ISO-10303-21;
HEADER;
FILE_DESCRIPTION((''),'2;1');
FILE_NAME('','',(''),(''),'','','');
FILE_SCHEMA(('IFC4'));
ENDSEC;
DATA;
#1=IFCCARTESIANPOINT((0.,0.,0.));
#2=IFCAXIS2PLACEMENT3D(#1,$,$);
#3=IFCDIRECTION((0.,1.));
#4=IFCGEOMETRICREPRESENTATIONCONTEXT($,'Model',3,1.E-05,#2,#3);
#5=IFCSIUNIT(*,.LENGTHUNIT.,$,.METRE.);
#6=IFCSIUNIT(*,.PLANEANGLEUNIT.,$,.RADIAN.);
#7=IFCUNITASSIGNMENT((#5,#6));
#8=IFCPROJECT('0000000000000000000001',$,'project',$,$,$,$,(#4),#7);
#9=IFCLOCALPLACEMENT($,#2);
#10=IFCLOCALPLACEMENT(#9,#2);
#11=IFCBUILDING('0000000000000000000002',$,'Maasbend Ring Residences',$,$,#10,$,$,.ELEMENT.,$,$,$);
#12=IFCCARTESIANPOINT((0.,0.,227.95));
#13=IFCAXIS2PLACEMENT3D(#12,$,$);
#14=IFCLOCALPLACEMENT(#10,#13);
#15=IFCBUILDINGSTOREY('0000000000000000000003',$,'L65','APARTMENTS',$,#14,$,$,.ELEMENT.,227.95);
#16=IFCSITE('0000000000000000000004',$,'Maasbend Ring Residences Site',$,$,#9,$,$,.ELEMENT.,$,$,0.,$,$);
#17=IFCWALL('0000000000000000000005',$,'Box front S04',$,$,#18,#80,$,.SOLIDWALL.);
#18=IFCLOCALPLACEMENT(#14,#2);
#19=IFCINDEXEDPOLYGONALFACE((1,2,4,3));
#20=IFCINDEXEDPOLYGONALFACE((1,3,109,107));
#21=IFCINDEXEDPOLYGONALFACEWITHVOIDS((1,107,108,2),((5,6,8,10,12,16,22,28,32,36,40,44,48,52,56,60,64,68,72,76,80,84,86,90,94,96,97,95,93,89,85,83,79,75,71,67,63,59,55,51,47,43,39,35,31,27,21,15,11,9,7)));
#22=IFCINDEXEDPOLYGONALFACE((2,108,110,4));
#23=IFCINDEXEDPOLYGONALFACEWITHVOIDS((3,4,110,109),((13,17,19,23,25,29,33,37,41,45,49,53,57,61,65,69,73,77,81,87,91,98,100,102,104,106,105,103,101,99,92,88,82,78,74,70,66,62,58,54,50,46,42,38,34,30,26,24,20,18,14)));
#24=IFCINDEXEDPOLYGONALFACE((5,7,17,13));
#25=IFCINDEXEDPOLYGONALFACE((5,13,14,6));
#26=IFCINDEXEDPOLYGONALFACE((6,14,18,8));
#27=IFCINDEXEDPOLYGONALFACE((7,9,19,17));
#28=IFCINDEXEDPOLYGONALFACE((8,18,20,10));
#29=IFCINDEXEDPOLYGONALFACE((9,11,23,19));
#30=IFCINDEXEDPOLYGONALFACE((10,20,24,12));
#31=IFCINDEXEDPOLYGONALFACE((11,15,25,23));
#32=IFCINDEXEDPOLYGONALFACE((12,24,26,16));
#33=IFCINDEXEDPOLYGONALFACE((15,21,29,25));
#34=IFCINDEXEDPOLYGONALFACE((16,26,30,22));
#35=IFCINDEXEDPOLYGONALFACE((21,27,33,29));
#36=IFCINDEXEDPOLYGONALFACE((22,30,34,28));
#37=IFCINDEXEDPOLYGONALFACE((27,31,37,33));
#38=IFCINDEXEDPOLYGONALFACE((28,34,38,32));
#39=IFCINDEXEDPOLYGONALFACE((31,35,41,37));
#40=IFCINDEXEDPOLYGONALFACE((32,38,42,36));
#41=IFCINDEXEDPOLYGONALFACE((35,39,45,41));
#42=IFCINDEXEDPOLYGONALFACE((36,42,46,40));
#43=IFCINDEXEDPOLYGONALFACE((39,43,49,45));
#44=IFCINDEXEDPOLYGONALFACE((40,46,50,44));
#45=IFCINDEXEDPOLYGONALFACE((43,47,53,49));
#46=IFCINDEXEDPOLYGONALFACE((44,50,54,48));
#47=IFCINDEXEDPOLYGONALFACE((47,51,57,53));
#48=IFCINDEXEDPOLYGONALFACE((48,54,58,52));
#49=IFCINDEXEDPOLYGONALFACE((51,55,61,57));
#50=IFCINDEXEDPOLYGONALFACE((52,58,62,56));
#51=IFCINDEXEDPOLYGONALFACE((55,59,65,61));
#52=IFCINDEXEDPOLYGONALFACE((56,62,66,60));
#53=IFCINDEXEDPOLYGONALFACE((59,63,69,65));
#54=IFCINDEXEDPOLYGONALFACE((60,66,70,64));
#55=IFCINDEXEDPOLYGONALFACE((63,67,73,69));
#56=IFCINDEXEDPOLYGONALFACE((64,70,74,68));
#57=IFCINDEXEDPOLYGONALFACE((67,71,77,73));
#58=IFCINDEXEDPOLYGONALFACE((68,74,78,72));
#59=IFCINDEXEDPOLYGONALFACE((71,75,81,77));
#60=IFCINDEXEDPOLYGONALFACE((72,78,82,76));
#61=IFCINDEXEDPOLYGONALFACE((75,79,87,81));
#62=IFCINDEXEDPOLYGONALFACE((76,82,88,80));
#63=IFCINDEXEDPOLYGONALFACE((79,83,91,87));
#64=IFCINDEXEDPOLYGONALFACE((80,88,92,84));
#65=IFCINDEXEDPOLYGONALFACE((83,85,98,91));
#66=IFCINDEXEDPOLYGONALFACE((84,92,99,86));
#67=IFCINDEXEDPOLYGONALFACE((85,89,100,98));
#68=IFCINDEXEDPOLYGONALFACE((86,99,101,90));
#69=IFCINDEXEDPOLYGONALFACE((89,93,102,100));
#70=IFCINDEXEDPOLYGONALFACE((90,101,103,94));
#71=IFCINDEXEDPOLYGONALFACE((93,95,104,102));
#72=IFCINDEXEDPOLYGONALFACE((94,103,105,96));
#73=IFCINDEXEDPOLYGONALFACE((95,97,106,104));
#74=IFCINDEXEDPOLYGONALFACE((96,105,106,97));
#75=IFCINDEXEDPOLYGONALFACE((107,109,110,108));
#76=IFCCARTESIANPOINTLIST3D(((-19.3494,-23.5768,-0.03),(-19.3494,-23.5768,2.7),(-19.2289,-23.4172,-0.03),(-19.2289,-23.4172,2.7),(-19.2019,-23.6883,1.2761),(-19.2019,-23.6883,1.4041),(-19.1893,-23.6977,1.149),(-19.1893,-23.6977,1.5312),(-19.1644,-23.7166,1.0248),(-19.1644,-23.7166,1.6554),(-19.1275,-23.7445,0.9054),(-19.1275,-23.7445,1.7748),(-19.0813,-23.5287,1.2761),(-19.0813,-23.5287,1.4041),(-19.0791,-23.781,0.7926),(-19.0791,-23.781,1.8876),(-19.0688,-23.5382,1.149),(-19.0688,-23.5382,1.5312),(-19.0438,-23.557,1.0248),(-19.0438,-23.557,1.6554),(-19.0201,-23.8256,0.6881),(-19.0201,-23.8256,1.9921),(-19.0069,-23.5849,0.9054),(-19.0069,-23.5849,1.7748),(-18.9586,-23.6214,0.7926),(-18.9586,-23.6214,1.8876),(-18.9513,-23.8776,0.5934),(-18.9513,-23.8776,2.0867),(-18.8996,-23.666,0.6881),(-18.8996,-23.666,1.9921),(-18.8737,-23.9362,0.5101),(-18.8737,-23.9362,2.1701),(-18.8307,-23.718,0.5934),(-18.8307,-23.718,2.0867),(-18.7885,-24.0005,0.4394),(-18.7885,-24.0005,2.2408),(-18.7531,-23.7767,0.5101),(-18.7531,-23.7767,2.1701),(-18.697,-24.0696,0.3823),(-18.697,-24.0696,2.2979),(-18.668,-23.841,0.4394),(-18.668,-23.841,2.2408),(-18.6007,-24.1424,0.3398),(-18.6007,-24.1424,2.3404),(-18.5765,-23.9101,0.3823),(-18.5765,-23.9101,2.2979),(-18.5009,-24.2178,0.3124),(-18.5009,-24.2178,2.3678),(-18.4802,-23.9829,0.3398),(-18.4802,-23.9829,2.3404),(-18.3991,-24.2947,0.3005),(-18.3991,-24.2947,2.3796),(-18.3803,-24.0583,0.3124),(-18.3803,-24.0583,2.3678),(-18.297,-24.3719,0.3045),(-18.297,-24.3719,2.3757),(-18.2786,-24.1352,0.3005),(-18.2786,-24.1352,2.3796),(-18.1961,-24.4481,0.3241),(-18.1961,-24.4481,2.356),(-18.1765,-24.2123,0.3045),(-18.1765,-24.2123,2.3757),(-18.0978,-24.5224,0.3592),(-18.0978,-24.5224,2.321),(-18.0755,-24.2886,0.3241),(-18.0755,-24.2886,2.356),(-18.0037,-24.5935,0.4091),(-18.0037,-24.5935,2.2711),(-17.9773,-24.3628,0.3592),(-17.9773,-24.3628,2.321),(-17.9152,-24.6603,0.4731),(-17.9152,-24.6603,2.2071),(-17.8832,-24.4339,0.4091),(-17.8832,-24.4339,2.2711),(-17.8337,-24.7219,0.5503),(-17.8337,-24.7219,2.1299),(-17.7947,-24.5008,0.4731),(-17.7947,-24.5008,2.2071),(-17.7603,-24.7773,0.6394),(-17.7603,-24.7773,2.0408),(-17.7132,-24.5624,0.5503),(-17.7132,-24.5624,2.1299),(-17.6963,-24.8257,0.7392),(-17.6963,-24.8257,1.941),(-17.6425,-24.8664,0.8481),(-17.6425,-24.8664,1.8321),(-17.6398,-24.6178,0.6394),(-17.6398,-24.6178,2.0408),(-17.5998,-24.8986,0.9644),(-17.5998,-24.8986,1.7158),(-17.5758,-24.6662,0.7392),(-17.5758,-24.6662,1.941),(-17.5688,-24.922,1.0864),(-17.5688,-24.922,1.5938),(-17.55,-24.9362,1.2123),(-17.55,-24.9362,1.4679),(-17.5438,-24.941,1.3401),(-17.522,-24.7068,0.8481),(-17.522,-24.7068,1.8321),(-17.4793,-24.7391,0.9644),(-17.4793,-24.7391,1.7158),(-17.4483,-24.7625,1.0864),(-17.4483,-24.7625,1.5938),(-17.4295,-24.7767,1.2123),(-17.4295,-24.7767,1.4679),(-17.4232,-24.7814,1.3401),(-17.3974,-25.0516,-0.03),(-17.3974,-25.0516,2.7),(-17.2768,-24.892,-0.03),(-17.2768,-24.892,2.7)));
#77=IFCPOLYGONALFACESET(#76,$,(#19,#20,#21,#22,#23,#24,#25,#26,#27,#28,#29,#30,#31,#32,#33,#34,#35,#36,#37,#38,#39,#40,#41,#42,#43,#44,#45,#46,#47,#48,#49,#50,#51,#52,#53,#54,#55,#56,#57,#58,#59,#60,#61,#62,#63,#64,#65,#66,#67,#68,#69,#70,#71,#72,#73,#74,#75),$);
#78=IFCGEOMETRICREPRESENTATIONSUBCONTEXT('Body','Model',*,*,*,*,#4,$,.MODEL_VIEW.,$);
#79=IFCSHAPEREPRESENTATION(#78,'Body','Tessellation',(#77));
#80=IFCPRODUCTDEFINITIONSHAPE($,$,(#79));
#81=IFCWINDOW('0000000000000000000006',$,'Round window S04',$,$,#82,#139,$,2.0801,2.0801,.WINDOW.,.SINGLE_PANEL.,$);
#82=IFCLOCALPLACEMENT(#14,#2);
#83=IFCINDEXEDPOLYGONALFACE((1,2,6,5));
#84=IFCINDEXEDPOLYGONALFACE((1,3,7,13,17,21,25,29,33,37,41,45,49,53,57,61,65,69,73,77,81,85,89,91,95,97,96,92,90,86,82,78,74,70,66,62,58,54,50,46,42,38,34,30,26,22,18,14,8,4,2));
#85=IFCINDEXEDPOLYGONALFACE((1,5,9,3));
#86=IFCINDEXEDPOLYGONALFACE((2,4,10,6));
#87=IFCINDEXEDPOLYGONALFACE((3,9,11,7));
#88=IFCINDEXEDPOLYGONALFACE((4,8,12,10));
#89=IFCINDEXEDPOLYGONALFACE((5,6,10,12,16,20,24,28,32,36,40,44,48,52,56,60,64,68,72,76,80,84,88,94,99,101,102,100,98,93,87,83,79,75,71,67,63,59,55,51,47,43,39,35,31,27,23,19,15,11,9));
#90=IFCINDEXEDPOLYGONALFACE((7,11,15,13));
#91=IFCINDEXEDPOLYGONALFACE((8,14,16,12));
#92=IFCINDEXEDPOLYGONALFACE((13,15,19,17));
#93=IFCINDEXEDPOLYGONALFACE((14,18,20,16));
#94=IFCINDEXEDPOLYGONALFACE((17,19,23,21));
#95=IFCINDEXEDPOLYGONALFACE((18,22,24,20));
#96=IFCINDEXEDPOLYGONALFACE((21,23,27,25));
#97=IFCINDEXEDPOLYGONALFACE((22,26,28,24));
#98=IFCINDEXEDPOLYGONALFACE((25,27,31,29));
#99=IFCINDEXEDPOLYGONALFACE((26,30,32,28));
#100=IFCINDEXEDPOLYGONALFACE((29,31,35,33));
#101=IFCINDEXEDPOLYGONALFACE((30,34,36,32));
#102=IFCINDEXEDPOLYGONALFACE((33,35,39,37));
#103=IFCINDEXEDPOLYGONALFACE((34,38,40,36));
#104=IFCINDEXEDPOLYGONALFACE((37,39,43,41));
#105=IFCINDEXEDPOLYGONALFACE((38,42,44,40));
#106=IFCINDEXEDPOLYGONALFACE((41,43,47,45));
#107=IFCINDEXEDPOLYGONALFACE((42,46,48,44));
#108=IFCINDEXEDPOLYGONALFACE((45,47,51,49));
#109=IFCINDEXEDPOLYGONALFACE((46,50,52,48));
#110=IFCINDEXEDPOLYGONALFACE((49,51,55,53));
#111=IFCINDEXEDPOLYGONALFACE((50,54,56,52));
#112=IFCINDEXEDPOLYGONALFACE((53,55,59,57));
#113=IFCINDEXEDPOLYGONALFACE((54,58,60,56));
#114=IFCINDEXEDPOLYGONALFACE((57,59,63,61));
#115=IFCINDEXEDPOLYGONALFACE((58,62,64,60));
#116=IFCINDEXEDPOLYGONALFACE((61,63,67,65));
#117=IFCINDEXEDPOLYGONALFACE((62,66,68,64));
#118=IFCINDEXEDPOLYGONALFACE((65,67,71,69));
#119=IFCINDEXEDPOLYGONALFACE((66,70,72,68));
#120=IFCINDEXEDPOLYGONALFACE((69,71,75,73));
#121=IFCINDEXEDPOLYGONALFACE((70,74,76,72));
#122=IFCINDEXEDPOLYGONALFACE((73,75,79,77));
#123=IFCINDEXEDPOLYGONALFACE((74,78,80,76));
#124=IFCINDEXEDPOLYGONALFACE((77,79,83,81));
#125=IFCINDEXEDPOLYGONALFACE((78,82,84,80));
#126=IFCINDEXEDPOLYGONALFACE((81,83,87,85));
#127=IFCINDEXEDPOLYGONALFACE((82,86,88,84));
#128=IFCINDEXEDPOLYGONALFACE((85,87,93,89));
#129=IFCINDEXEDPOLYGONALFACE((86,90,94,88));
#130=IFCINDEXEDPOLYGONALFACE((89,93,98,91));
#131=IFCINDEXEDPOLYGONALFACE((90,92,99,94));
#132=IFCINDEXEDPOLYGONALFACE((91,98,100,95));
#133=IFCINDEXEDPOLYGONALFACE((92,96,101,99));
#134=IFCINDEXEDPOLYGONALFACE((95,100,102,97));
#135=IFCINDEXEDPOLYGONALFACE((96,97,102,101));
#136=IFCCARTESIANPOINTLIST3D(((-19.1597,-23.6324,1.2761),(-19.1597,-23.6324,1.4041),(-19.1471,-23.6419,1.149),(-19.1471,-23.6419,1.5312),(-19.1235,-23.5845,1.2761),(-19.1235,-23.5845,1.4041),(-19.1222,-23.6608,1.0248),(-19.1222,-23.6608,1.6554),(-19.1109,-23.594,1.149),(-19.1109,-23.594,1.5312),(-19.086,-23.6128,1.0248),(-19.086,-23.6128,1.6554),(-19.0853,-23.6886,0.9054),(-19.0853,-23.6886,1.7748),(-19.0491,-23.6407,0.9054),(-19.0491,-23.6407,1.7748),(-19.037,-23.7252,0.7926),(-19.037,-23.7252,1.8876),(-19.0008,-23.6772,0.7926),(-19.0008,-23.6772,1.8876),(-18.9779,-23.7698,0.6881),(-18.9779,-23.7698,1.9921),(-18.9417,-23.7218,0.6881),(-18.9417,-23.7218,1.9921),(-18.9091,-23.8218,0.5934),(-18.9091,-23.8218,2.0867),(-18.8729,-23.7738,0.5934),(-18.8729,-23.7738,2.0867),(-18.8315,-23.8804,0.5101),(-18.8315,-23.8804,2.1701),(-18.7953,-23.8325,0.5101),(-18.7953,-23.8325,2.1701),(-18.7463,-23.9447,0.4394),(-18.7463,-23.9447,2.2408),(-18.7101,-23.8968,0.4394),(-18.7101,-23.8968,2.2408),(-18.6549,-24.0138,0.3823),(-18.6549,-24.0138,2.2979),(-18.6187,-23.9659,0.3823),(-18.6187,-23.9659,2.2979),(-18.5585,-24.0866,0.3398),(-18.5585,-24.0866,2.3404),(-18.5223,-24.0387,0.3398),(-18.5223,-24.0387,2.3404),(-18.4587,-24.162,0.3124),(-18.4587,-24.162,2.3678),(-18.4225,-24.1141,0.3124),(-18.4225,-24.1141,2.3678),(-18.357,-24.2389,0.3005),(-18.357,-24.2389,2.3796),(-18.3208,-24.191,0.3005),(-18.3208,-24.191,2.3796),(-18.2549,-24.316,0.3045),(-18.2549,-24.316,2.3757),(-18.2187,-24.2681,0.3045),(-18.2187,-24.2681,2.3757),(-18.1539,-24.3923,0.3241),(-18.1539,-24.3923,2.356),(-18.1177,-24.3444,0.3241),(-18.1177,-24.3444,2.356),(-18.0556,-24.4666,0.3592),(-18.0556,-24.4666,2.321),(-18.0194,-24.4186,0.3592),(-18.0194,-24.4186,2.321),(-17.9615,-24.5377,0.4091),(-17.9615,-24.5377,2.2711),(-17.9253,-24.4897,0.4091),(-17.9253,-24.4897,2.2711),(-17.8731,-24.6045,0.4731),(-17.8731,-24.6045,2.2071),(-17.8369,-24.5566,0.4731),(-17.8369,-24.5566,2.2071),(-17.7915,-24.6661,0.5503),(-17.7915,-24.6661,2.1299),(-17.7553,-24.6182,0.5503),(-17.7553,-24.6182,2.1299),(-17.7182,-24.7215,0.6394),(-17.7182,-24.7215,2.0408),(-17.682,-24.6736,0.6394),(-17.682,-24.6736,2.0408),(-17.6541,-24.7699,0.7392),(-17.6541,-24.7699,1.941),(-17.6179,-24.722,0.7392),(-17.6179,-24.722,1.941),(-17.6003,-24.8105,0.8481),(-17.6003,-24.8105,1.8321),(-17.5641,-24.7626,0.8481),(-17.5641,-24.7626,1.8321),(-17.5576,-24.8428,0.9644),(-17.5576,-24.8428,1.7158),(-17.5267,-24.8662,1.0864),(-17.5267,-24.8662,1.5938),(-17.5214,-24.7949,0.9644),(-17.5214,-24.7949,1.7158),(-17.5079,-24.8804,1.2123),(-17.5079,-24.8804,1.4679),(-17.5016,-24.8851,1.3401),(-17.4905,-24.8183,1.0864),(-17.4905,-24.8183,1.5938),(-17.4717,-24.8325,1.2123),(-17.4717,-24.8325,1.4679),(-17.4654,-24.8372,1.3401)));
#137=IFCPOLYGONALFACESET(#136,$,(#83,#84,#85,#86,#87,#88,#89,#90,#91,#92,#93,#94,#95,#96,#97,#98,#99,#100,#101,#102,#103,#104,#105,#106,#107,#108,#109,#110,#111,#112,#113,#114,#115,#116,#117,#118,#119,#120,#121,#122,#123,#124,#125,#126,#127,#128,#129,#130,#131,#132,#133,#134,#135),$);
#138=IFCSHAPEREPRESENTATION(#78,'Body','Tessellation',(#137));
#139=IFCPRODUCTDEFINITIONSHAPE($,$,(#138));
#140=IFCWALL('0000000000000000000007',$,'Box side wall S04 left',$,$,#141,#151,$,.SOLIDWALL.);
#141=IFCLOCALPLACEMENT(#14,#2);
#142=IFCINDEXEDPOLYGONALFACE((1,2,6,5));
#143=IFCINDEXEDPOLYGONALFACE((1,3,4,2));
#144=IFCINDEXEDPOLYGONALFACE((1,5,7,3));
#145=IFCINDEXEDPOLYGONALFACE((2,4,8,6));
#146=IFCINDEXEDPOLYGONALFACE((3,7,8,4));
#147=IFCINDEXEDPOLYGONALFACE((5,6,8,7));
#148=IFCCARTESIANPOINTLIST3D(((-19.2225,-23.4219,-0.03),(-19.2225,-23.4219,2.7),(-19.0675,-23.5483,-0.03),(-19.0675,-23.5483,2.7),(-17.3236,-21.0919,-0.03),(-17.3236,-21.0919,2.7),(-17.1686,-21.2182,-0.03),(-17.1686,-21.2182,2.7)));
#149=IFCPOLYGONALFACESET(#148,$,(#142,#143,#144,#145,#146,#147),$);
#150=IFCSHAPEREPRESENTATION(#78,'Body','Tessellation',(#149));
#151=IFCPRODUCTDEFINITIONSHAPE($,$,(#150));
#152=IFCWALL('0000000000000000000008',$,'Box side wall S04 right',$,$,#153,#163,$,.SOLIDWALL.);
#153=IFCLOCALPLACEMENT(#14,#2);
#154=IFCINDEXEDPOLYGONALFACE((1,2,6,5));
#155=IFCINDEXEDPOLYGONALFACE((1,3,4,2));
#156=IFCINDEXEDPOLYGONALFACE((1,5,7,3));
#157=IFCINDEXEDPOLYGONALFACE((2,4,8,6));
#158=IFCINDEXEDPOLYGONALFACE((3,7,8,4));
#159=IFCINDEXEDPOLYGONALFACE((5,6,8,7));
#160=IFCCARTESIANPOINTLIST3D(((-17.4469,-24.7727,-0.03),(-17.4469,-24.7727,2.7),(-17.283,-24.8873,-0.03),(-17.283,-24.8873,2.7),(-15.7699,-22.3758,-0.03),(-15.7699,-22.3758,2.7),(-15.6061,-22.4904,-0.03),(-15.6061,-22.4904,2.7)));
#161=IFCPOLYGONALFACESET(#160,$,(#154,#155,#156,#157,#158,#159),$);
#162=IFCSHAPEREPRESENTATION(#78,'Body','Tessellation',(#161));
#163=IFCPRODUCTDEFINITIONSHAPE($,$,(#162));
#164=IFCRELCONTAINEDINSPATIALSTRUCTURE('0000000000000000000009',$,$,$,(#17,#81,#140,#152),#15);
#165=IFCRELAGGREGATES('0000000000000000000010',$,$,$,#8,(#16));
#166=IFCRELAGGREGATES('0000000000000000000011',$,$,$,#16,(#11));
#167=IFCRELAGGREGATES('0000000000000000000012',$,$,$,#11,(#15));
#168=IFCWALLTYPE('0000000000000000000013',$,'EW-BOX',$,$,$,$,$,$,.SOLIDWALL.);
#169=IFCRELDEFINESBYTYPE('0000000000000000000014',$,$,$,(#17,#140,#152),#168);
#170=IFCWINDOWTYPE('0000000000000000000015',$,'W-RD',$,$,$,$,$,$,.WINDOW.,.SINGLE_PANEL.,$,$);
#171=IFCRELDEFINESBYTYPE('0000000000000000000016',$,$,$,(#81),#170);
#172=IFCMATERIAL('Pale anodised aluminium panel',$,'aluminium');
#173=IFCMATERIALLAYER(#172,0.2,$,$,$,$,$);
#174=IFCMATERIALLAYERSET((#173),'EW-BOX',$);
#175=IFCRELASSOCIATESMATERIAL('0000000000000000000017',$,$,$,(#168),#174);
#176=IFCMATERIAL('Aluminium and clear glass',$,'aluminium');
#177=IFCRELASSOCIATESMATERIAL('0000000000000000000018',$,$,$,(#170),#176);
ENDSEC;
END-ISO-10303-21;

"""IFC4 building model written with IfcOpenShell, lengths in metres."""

from ifc_helpers import new_model, si_unit, direction, frame, frame_2d, origin, place, context, subcontext, project, spatial, rectangle, circle, extrude, material, layer, layer_set, type_object, element, fill, save


model = new_model("IFC4")

# Units and contexts
model_context = context("Model", 3, precision=1e-05, world=origin(), true_north=direction((0.0, 1.0)))
body_context = subcontext(model_context, "Body", "Model", "MODEL_VIEW")
ifc_project = project(units=[si_unit("LENGTHUNIT", "METRE"), si_unit("PLANEANGLEUNIT", "RADIAN")], contexts=[model_context])

# Site, building, storey
site_placement = place(None, origin())
site = spatial("IfcSite", under=ifc_project, at=site_placement, Name="Maasbend Ring Residences Site", CompositionType="ELEMENT", RefElevation=0.0)
building_placement = place(site_placement, origin())
building = spatial("IfcBuilding", under=site, at=building_placement, Name="Maasbend Ring Residences", CompositionType="ELEMENT")
storey_placement = place(building_placement, frame((0.0, 0.0, 227.95)))
storey = spatial("IfcBuildingStorey", under=building, at=storey_placement, Name="L65", Description="APARTMENTS", CompositionType="ELEMENT", Elevation=227.95)

# Shared definitions
ifc_material_1 = material(Name="Pale anodised aluminium panel", Category="aluminium")
ifc_layer_1 = layer(ifc_material_1, 0.2)
ifc_layer_set_1 = layer_set([ifc_layer_1], Name="EW-BOX")
wall_type_1 = type_object("IfcWallType", Name="EW-BOX", PredefinedType="SOLIDWALL", material=ifc_layer_set_1)
ifc_material_2 = material(Name="Aluminium and clear glass", Category="aluminium")
window_type_1 = type_object("IfcWindowType", Name="W-RD", PartitioningType="SINGLE_PANEL", PredefinedType="WINDOW", material=ifc_material_2)

# Wall, opening, window
wall_1_placement = place(storey_placement, frame((-19.2891, -23.4971, -0.03), z_axis=(0.0, 0.0, 1.0), x_axis=(0.797888, -0.602806, 0.0)))
wall_1 = element("IfcWall", 1, at=wall_1_placement, inside=storey, type_object=wall_type_1, Name="Box front S04", PredefinedType="SOLIDWALL", context=body_context, shape_type="SweptSolid", body=[
    extrude(rectangle(XDim=2.4465, YDim=0.2, at=frame_2d((1.2231, 0.0))), origin(), (0.0, 0.0, 1.0), 2.73),
])
opening_1_placement = place(wall_1_placement, frame((0.1829, 0.0, 0.3301)))
opening_1 = element("IfcOpeningElement", 2, at=opening_1_placement, cuts=wall_1, PredefinedType="OPENING", context=body_context, shape_type="SweptSolid", body=[
    extrude(circle(Radius=1.04, at=frame_2d((1.04, 1.04))), frame((0.0, 0.1099, 0.0), z_axis=(0.0, -1.0, 0.0), x_axis=(1.0, 0.0, 0.0)), (0.0, 0.0, 1.0), 0.22),
])
window_1_placement = place(opening_1_placement, origin())
window_1 = element("IfcWindow", 3, at=window_1_placement, inside=storey, type_object=window_type_1, Name="Round window S04", OverallHeight=2.0801, OverallWidth=2.0801, PartitioningType="SINGLE_PANEL", PredefinedType="WINDOW", context=body_context, shape_type="SweptSolid", body=[
    extrude(circle(Radius=1.04, at=frame_2d((1.04, 1.04))), frame((0.0, 0.03, 0.0), z_axis=(0.0, -1.0, 0.0), x_axis=(1.0, 0.0, 0.0)), (0.0, 0.0, 1.0), 0.0601),
])
fill(opening_1, window_1)

# Walls
wall_2_placement = place(storey_placement, frame((-17.2461, -21.155, -0.03), z_axis=(0.0, 0.0, 1.0), x_axis=(-0.631742, -0.775179, 0.0)))
element("IfcWall", 4, at=wall_2_placement, inside=storey, type_object=wall_type_1, Name="Box side wall S04 left", PredefinedType="SOLIDWALL", context=body_context, shape_type="SweptSolid", body=[
    extrude(rectangle(XDim=3.0059, YDim=0.2, at=frame_2d((1.5029, 0.0))), origin(), (0.0, 0.0, 1.0), 2.73),
])
wall_3_placement = place(storey_placement, frame((-15.688, -22.4331, -0.03), z_axis=(0.0, 0.0, 1.0), x_axis=(-0.573261, -0.819373, 0.0)))
element("IfcWall", 5, at=wall_3_placement, inside=storey, type_object=wall_type_1, Name="Box side wall S04 right", PredefinedType="SOLIDWALL", context=body_context, shape_type="SweptSolid", body=[
    extrude(rectangle(XDim=2.9253, YDim=0.2, at=frame_2d((1.4626, 0.0))), origin(), (0.0, 0.0, 1.0), 2.73),
])

save(model, "model.ifc")
